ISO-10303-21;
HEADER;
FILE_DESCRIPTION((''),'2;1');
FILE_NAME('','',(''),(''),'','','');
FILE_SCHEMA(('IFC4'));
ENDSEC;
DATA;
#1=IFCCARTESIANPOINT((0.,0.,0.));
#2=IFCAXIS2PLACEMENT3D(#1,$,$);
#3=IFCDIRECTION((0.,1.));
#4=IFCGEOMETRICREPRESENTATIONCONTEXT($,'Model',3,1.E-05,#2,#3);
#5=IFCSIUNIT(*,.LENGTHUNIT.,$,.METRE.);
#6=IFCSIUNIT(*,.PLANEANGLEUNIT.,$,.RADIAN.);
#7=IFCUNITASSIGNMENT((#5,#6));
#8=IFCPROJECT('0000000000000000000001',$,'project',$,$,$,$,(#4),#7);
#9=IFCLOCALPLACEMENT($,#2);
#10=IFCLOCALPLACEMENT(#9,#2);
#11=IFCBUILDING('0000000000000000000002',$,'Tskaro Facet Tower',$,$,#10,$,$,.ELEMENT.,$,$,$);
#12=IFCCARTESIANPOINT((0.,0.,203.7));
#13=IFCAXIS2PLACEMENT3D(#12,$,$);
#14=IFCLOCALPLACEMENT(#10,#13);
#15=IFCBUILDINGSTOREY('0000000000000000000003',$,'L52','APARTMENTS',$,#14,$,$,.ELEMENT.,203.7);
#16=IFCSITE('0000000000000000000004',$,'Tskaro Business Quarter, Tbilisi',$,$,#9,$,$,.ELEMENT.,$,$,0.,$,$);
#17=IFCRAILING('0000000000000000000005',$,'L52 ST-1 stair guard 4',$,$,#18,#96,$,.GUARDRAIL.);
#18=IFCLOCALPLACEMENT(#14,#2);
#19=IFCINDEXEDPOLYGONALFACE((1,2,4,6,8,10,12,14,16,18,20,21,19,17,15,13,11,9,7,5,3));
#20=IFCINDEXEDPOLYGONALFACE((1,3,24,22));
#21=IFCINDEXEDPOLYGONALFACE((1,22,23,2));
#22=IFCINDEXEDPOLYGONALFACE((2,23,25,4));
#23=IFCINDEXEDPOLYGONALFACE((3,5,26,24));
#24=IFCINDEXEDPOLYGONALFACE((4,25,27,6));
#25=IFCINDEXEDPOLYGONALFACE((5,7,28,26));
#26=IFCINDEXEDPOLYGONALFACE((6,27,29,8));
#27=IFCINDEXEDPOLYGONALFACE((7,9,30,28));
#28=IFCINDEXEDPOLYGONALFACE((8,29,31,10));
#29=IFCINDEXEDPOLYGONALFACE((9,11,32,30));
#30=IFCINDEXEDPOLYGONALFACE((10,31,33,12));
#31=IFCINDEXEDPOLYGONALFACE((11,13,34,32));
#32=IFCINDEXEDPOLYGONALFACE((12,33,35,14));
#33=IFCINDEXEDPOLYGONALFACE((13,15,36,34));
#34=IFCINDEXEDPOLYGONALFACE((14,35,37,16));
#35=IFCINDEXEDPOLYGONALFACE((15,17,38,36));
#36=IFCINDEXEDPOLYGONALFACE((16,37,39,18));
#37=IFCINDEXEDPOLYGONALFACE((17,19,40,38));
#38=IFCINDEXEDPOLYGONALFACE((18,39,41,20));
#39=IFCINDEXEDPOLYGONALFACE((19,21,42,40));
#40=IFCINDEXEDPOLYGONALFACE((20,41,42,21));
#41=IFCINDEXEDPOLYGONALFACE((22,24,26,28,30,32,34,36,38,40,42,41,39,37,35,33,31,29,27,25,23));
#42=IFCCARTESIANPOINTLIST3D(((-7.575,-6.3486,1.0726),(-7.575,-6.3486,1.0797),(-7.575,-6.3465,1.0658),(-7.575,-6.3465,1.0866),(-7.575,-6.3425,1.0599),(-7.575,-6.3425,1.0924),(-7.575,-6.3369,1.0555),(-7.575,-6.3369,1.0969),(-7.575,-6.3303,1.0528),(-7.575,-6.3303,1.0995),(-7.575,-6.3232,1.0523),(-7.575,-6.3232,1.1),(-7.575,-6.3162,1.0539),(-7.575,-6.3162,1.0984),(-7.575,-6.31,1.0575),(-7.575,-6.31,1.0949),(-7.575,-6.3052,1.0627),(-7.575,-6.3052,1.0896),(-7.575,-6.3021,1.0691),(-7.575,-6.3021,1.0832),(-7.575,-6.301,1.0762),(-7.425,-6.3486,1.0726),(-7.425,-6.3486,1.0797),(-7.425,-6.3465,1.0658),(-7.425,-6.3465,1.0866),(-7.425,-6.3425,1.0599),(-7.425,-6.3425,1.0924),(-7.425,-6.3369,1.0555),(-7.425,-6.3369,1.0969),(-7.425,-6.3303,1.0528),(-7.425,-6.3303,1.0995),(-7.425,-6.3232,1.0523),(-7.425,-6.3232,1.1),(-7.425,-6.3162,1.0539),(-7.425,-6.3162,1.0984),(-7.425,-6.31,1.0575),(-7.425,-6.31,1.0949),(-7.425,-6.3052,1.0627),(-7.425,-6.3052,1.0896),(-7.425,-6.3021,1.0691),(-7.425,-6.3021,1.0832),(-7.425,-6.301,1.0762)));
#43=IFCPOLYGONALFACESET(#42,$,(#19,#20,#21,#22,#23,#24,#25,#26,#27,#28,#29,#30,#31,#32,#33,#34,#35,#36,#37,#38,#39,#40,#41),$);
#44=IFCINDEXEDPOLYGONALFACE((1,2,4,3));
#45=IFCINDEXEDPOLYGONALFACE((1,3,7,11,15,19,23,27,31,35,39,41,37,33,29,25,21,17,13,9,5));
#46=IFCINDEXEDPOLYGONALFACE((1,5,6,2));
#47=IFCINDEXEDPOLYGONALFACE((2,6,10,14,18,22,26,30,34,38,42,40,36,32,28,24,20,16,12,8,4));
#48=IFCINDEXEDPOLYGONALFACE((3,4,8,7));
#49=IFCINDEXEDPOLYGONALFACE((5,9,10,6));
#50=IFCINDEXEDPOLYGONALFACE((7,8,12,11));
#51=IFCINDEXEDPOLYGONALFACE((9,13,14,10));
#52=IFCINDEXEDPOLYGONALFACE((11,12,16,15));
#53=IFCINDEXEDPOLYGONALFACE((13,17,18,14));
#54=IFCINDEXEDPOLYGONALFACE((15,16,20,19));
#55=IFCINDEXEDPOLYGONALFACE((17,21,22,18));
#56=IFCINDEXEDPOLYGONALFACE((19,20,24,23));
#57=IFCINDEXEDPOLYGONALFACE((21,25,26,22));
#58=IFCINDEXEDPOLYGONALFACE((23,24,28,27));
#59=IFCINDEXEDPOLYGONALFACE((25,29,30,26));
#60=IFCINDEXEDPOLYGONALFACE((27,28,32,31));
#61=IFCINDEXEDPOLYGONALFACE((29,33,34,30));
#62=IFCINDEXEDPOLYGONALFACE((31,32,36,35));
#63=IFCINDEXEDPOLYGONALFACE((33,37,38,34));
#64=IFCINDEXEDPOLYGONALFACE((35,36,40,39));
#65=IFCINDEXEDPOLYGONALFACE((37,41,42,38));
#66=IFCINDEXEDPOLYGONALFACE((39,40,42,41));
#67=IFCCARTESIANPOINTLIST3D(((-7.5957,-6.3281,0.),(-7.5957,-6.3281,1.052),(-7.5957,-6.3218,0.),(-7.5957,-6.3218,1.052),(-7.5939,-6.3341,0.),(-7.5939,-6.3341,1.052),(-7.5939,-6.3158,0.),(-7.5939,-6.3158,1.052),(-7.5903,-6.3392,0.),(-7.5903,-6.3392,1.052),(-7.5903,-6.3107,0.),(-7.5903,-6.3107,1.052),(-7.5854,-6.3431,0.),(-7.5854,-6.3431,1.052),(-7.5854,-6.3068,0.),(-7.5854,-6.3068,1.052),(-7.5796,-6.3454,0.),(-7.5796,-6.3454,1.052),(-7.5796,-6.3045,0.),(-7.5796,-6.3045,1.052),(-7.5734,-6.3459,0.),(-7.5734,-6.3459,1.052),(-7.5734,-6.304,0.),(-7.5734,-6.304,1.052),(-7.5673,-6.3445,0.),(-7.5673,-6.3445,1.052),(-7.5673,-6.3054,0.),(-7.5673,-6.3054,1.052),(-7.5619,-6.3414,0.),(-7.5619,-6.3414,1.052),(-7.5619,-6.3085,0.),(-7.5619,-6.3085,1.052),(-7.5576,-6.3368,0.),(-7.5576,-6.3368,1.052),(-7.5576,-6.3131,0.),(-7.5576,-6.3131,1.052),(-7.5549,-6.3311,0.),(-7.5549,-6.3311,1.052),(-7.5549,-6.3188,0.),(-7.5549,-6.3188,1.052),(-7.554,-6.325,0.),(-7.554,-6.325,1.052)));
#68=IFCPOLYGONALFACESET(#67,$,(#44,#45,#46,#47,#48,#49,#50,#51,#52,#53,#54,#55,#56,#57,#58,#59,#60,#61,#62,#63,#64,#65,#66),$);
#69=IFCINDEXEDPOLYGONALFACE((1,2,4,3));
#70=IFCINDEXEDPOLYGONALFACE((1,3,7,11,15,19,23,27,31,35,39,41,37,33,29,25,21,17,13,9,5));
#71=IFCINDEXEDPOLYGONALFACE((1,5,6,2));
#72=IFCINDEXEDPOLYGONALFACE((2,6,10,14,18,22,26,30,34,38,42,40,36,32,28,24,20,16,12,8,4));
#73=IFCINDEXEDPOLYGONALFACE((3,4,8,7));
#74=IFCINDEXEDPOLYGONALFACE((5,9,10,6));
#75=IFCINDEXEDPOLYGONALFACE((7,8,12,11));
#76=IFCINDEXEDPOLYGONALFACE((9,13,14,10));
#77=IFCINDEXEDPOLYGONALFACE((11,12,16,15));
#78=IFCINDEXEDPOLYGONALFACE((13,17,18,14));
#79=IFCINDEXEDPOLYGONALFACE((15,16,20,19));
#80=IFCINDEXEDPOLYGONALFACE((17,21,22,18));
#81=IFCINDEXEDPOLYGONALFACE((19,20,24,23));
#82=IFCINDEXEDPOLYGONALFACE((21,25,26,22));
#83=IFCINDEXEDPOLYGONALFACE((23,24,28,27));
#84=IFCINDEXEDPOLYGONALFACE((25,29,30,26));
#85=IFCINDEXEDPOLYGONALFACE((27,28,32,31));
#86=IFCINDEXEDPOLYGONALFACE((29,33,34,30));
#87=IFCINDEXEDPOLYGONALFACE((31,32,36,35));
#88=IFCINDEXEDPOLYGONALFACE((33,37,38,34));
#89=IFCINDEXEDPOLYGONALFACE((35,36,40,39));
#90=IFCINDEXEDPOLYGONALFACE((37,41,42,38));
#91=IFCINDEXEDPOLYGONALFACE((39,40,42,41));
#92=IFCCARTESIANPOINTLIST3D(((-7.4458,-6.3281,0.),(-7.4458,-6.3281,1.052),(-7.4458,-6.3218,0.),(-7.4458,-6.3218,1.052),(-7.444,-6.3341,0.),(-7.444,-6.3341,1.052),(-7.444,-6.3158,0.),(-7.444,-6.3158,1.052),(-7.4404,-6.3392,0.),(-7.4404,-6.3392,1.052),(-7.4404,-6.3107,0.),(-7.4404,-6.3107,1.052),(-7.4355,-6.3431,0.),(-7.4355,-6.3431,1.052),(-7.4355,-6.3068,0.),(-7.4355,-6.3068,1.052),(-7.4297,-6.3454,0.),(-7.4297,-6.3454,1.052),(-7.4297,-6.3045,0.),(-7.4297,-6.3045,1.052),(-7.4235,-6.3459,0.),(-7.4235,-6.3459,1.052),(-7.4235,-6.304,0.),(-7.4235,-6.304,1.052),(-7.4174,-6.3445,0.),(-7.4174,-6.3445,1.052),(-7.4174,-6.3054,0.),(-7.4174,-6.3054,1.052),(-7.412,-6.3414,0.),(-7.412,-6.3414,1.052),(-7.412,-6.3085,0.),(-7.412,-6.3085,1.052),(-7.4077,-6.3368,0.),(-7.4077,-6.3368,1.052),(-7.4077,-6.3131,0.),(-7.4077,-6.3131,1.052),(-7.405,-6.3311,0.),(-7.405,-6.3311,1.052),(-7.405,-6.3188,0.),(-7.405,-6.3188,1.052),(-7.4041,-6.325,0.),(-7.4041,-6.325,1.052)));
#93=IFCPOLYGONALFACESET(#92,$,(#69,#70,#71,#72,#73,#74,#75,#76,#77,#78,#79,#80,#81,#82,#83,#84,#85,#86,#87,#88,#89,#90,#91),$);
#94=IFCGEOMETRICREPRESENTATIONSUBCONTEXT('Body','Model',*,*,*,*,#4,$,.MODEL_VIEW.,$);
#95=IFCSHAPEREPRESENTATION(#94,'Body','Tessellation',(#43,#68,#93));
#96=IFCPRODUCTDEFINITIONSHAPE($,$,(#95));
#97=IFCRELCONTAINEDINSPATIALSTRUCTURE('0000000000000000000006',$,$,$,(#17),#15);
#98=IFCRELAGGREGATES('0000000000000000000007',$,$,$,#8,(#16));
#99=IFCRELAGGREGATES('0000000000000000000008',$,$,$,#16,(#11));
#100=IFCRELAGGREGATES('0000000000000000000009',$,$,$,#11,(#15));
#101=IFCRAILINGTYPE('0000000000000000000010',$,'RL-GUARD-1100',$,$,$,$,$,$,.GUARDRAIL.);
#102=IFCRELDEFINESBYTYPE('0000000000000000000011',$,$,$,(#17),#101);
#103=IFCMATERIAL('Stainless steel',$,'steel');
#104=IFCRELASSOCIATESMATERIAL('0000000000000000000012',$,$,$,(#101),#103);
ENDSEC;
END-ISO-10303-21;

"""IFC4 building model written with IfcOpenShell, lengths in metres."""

from ifc_helpers import new_model, si_unit, direction, frame, origin, origin_2d, place, context, subcontext, project, spatial, circle, extrude, material, type_object, element, save


model = new_model("IFC4")

# Units and contexts
model_context = context("Model", 3, precision=1e-05, world=origin(), true_north=direction((0.0, 1.0)))
body_context = subcontext(model_context, "Body", "Model", "MODEL_VIEW")
ifc_project = project(units=[si_unit("LENGTHUNIT", "METRE"), si_unit("PLANEANGLEUNIT", "RADIAN")], contexts=[model_context])

# Site, building, storey
site_placement = place(None, origin())
site = spatial("IfcSite", under=ifc_project, at=site_placement, Name="Tskaro Business Quarter, Tbilisi", CompositionType="ELEMENT", RefElevation=0.0)
building_placement = place(site_placement, origin())
building = spatial("IfcBuilding", under=site, at=building_placement, Name="Tskaro Facet Tower", CompositionType="ELEMENT")
storey_placement = place(building_placement, frame((0.0, 0.0, 203.7)))
storey = spatial("IfcBuildingStorey", under=building, at=storey_placement, Name="L52", Description="APARTMENTS", CompositionType="ELEMENT", Elevation=203.7)

# Shared definitions
ifc_material_1 = material(Name="Stainless steel", Category="steel")

# Railing
railing_type_1 = type_object("IfcRailingType", Name="RL-GUARD-1100", PredefinedType="GUARDRAIL", material=ifc_material_1)
railing_1_placement = place(storey_placement, frame((-7.575, -6.325, 0.0)))
element("IfcRailing", 1, at=railing_1_placement, inside=storey, type_object=railing_type_1, Name="L52 ST-1 stair guard 4", PredefinedType="GUARDRAIL", context=body_context, shape_type="SweptSolid", body=[
    extrude(circle(Radius=0.0239, at=origin_2d()), frame((0.0, 0.0, 1.0762), z_axis=(1.0, 0.0, 0.0), x_axis=(0.0, 1.0, 0.0)), (0.0, 0.0, 1.0), 0.1499),
    extrude(circle(Radius=0.021, at=origin_2d()), origin(), (0.0, 0.0, 1.0), 1.052),
    extrude(circle(Radius=0.021, at=origin_2d()), frame((0.1499, 0.0, 0.0)), (0.0, 0.0, 1.0), 1.052),
])

save(model, "model.ifc")
